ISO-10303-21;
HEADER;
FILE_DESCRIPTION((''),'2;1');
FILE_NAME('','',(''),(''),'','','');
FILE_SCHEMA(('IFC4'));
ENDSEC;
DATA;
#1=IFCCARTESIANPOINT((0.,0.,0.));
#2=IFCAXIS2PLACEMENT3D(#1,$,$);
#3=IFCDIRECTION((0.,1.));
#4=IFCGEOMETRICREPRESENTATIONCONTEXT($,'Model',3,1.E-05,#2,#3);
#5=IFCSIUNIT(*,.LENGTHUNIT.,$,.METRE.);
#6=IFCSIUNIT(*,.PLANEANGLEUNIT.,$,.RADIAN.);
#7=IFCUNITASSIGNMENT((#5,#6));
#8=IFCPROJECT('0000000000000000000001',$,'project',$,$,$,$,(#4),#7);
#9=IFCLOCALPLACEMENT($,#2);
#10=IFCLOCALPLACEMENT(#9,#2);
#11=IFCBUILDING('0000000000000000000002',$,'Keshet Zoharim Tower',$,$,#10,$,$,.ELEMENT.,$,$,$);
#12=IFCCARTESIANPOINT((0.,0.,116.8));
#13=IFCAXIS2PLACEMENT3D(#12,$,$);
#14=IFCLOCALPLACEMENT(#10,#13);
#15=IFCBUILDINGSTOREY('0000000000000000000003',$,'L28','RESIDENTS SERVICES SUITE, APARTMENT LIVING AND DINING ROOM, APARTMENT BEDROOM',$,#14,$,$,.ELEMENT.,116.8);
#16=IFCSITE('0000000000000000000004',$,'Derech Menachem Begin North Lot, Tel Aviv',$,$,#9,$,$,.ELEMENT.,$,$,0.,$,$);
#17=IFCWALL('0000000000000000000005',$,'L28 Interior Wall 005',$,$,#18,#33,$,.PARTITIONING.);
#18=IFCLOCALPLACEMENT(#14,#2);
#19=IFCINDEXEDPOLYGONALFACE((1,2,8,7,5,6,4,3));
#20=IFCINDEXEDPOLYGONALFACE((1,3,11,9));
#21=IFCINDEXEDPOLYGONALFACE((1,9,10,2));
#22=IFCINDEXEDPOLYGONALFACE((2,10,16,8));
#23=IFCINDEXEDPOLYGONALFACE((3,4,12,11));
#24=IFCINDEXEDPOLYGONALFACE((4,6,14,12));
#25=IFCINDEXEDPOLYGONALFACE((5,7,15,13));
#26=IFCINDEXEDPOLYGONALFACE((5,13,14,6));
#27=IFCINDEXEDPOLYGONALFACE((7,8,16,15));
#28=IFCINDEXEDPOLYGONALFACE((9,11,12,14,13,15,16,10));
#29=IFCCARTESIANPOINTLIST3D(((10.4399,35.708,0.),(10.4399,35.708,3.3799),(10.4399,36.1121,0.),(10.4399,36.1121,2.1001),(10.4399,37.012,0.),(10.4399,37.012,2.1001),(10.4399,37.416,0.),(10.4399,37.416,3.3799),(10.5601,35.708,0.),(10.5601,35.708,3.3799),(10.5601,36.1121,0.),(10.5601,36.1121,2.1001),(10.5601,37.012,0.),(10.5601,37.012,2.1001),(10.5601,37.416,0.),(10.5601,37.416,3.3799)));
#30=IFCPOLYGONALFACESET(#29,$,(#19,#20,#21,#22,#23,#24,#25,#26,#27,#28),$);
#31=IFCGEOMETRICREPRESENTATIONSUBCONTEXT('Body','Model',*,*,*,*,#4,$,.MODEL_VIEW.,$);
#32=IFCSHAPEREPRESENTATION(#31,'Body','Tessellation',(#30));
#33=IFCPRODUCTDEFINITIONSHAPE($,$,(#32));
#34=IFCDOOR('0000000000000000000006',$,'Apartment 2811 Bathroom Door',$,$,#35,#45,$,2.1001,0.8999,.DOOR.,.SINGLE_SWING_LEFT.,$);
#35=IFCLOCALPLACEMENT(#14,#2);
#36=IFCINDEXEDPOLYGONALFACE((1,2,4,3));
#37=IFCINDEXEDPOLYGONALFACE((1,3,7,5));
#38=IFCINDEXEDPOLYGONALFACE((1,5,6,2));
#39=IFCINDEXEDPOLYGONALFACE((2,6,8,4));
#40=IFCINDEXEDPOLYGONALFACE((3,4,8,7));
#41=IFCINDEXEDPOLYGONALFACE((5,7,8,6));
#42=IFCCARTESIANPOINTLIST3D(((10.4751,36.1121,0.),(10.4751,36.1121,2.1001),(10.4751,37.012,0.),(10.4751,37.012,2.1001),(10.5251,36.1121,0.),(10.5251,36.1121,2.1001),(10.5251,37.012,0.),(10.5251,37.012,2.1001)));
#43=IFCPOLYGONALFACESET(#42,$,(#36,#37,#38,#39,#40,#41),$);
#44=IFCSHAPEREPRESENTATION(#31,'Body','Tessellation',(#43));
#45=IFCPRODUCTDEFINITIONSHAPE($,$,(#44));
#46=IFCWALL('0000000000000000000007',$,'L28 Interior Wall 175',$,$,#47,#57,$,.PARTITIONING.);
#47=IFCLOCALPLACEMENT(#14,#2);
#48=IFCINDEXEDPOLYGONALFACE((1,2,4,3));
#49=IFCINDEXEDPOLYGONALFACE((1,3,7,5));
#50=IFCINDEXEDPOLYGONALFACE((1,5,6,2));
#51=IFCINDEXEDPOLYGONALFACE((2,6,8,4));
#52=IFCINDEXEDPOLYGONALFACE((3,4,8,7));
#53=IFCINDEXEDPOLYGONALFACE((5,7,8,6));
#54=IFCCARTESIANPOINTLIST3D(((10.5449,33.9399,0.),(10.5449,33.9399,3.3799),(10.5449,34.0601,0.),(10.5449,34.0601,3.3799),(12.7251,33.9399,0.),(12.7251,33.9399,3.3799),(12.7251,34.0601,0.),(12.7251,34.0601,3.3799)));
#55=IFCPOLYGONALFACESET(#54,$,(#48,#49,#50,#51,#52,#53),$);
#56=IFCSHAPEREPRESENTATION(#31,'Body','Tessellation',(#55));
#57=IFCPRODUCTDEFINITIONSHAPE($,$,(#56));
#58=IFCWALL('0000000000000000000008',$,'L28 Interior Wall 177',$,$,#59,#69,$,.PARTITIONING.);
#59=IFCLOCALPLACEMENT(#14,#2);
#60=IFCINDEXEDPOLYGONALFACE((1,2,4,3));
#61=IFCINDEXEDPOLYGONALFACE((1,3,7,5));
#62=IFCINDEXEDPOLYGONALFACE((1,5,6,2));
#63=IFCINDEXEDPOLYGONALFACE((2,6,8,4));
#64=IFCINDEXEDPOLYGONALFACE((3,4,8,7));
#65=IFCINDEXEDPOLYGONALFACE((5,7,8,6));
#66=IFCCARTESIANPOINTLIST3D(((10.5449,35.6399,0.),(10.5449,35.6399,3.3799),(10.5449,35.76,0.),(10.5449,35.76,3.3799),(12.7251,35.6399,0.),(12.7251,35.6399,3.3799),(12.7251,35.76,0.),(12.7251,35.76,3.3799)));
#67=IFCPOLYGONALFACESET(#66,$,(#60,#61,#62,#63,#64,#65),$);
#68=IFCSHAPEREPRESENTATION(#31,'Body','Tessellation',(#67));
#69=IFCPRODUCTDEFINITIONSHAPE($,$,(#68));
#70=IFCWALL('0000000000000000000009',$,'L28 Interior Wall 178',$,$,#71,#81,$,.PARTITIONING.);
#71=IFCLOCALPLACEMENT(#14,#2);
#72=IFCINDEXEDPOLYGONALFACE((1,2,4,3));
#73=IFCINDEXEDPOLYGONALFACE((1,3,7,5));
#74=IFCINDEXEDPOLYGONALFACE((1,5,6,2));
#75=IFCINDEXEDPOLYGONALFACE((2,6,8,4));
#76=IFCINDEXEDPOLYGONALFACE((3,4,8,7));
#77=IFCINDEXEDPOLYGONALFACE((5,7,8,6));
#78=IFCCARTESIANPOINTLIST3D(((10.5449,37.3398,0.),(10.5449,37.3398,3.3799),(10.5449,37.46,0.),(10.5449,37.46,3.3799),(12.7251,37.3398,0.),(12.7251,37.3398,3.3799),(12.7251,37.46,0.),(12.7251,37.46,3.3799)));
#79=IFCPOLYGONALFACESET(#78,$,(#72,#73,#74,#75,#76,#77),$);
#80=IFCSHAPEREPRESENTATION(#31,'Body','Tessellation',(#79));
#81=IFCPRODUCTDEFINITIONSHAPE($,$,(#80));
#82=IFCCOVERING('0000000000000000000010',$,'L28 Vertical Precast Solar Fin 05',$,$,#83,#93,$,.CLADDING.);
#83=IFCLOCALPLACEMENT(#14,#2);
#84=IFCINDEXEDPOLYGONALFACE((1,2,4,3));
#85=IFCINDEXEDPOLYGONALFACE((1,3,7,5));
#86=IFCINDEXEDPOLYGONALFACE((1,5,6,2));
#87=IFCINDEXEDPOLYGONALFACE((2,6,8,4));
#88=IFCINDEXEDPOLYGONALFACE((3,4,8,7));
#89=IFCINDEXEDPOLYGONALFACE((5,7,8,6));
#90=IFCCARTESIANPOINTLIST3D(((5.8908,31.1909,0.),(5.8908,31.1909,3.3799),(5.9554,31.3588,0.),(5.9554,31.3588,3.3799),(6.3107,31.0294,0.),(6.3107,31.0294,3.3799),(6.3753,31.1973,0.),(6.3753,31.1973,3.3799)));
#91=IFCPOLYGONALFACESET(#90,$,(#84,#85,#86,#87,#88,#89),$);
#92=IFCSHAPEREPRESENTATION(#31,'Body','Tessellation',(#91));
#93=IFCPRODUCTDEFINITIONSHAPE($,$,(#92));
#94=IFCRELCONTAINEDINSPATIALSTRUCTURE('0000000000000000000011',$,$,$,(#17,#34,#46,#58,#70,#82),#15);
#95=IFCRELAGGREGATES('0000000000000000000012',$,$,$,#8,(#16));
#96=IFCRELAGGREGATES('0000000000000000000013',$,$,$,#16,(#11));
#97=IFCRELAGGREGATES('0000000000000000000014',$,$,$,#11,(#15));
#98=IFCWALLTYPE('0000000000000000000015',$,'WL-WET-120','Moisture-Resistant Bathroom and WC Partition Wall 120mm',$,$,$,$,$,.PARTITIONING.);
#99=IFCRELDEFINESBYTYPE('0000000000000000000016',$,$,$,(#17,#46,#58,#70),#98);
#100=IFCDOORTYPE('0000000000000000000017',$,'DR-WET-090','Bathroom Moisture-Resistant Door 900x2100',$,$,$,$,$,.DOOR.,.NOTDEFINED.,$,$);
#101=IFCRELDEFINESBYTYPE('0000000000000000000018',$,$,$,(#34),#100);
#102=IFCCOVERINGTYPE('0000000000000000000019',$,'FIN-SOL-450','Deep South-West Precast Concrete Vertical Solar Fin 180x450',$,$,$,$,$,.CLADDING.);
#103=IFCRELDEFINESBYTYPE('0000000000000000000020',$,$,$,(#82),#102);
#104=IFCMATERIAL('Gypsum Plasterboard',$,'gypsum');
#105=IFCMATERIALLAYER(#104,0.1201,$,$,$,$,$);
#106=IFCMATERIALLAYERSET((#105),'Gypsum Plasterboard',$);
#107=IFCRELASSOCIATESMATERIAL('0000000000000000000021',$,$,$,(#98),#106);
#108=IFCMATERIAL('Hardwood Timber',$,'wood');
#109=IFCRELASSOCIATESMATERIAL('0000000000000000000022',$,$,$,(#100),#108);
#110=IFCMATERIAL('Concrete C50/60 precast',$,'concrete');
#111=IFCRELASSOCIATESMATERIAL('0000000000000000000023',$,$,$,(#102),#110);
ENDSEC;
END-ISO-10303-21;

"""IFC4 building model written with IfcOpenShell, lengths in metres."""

from ifc_helpers import new_model, si_unit, direction, frame, frame_2d, origin, origin_2d, place, context, subcontext, project, spatial, rectangle, extrude, material, layer, layer_set, type_object, element, fill, save


model = new_model("IFC4")

# Units and contexts
model_context = context("Model", 3, precision=1e-05, world=origin(), true_north=direction((0.0, 1.0)))
body_context = subcontext(model_context, "Body", "Model", "MODEL_VIEW")
ifc_project = project(units=[si_unit("LENGTHUNIT", "METRE"), si_unit("PLANEANGLEUNIT", "RADIAN")], contexts=[model_context])

# Site, building, storey
site_placement = place(None, origin())
site = spatial("IfcSite", under=ifc_project, at=site_placement, Name="Derech Menachem Begin North Lot, Tel Aviv", CompositionType="ELEMENT", RefElevation=0.0)
building_placement = place(site_placement, origin())
building = spatial("IfcBuilding", under=site, at=building_placement, Name="Keshet Zoharim Tower", CompositionType="ELEMENT")
storey_placement = place(building_placement, frame((0.0, 0.0, 116.8)))
storey = spatial("IfcBuildingStorey", under=building, at=storey_placement, Name="L28", Description="RESIDENTS SERVICES SUITE, APARTMENT LIVING AND DINING ROOM, APARTMENT BEDROOM", CompositionType="ELEMENT", Elevation=116.8)

# Shared definitions
ifc_material_1 = material(Name="Gypsum Plasterboard", Category="gypsum")

# Shared definitions
ifc_material_2 = material(Name="Hardwood Timber", Category="wood")

# Wall, opening, door
ifc_layer_1 = layer(ifc_material_1, 0.1201)
ifc_layer_set_1 = layer_set([ifc_layer_1], Name="Gypsum Plasterboard")
wall_type_1 = type_object("IfcWallType", Name="WL-WET-120", Description="Moisture-Resistant Bathroom and WC Partition Wall 120mm", PredefinedType="PARTITIONING", material=ifc_layer_set_1)
wall_1_placement = place(storey_placement, frame((10.5, 35.708, 0.0), z_axis=(0.0, 0.0, 1.0), x_axis=(0.0, 1.0, 0.0)))
wall_1 = element("IfcWall", 1, at=wall_1_placement, inside=storey, type_object=wall_type_1, Name="L28 Interior Wall 005", PredefinedType="PARTITIONING", context=body_context, shape_type="SweptSolid", body=[
    extrude(rectangle(XDim=1.708, YDim=0.1201, at=frame_2d((0.854, 0.0))), origin(), (0.0, 0.0, 1.0), 3.3799),
])
opening_1_placement = place(wall_1_placement, frame((0.4041, 0.0, 0.0)))
opening_1 = element("IfcOpeningElement", 2, at=opening_1_placement, cuts=wall_1, PredefinedType="OPENING", context=body_context, shape_type="SweptSolid", body=[
    extrude(rectangle(XDim=0.8999, YDim=2.1001, at=frame_2d((0.45, 1.05))), frame((0.0, 0.0701, 0.0), z_axis=(0.0, -1.0, 0.0), x_axis=(1.0, 0.0, 0.0)), (0.0, 0.0, 1.0), 0.1401),
])
door_type_1 = type_object("IfcDoorType", Name="DR-WET-090", Description="Bathroom Moisture-Resistant Door 900x2100", OperationType="NOTDEFINED", PredefinedType="DOOR", material=ifc_material_2)
door_1_placement = place(opening_1_placement, origin())
door_1 = element("IfcDoor", 3, at=door_1_placement, inside=storey, type_object=door_type_1, Name="Apartment 2811 Bathroom Door", OperationType="SINGLE_SWING_LEFT", OverallHeight=2.1001, OverallWidth=0.8999, PredefinedType="DOOR", context=body_context, shape_type="SweptSolid", body=[
    extrude(rectangle(XDim=0.8999, YDim=2.1001, at=frame_2d((0.45, 1.05))), frame((0.0, 0.0249, 0.0), z_axis=(0.0, -1.0, 0.0), x_axis=(1.0, 0.0, 0.0)), (0.0, 0.0, 1.0), 0.05),
])
fill(opening_1, door_1)

# Walls
for number, where, z_axis, x_axis, name in (
    (4, (10.5449, 34.0, 0.0), (0.0, 0.0, 1.0), (1.0, 0.0, 0.0), "L28 Interior Wall 175"),
    (5, (10.5449, 35.7, 0.0), (0.0, 0.0, 1.0), (1.0, 0.0, 0.0), "L28 Interior Wall 177"),
    (6, (10.5449, 37.3999, 0.0), (0.0, 0.0, 1.0), (1.0, 0.0, 0.0), "L28 Interior Wall 178"),
):
    element("IfcWall", number, at=place(storey_placement, frame(where, z_axis=z_axis, x_axis=x_axis)), inside=storey, type_object=wall_type_1, Name=name, PredefinedType="PARTITIONING", context=body_context, shape_type="SweptSolid", body=[
        extrude(rectangle(XDim=2.1802, YDim=0.1201, at=frame_2d((1.0901, 0.0))), origin(), (0.0, 0.0, 1.0), 3.3799),
    ])

# Covering
ifc_material_3 = material(Name="Concrete C50/60 precast", Category="concrete")
covering_type = type_object("IfcCoveringType", Name="FIN-SOL-450", Description="Deep South-West Precast Concrete Vertical Solar Fin 180x450", PredefinedType="CLADDING", material=ifc_material_3)
covering_placement = place(storey_placement, frame((6.1331, 31.1941, 0.0), z_axis=(0.0, 0.0, 1.0), x_axis=(0.35899, 0.933341, 0.0)))
element("IfcCovering", 7, at=covering_placement, inside=storey, type_object=covering_type, Name="L28 Vertical Precast Solar Fin 05", PredefinedType="CLADDING", context=body_context, shape_type="SweptSolid", body=[
    extrude(rectangle(XDim=0.1799, YDim=0.45, at=origin_2d()), origin(), (0.0, 0.0, 1.0), 3.3799),
])

save(model, "model.ifc")
